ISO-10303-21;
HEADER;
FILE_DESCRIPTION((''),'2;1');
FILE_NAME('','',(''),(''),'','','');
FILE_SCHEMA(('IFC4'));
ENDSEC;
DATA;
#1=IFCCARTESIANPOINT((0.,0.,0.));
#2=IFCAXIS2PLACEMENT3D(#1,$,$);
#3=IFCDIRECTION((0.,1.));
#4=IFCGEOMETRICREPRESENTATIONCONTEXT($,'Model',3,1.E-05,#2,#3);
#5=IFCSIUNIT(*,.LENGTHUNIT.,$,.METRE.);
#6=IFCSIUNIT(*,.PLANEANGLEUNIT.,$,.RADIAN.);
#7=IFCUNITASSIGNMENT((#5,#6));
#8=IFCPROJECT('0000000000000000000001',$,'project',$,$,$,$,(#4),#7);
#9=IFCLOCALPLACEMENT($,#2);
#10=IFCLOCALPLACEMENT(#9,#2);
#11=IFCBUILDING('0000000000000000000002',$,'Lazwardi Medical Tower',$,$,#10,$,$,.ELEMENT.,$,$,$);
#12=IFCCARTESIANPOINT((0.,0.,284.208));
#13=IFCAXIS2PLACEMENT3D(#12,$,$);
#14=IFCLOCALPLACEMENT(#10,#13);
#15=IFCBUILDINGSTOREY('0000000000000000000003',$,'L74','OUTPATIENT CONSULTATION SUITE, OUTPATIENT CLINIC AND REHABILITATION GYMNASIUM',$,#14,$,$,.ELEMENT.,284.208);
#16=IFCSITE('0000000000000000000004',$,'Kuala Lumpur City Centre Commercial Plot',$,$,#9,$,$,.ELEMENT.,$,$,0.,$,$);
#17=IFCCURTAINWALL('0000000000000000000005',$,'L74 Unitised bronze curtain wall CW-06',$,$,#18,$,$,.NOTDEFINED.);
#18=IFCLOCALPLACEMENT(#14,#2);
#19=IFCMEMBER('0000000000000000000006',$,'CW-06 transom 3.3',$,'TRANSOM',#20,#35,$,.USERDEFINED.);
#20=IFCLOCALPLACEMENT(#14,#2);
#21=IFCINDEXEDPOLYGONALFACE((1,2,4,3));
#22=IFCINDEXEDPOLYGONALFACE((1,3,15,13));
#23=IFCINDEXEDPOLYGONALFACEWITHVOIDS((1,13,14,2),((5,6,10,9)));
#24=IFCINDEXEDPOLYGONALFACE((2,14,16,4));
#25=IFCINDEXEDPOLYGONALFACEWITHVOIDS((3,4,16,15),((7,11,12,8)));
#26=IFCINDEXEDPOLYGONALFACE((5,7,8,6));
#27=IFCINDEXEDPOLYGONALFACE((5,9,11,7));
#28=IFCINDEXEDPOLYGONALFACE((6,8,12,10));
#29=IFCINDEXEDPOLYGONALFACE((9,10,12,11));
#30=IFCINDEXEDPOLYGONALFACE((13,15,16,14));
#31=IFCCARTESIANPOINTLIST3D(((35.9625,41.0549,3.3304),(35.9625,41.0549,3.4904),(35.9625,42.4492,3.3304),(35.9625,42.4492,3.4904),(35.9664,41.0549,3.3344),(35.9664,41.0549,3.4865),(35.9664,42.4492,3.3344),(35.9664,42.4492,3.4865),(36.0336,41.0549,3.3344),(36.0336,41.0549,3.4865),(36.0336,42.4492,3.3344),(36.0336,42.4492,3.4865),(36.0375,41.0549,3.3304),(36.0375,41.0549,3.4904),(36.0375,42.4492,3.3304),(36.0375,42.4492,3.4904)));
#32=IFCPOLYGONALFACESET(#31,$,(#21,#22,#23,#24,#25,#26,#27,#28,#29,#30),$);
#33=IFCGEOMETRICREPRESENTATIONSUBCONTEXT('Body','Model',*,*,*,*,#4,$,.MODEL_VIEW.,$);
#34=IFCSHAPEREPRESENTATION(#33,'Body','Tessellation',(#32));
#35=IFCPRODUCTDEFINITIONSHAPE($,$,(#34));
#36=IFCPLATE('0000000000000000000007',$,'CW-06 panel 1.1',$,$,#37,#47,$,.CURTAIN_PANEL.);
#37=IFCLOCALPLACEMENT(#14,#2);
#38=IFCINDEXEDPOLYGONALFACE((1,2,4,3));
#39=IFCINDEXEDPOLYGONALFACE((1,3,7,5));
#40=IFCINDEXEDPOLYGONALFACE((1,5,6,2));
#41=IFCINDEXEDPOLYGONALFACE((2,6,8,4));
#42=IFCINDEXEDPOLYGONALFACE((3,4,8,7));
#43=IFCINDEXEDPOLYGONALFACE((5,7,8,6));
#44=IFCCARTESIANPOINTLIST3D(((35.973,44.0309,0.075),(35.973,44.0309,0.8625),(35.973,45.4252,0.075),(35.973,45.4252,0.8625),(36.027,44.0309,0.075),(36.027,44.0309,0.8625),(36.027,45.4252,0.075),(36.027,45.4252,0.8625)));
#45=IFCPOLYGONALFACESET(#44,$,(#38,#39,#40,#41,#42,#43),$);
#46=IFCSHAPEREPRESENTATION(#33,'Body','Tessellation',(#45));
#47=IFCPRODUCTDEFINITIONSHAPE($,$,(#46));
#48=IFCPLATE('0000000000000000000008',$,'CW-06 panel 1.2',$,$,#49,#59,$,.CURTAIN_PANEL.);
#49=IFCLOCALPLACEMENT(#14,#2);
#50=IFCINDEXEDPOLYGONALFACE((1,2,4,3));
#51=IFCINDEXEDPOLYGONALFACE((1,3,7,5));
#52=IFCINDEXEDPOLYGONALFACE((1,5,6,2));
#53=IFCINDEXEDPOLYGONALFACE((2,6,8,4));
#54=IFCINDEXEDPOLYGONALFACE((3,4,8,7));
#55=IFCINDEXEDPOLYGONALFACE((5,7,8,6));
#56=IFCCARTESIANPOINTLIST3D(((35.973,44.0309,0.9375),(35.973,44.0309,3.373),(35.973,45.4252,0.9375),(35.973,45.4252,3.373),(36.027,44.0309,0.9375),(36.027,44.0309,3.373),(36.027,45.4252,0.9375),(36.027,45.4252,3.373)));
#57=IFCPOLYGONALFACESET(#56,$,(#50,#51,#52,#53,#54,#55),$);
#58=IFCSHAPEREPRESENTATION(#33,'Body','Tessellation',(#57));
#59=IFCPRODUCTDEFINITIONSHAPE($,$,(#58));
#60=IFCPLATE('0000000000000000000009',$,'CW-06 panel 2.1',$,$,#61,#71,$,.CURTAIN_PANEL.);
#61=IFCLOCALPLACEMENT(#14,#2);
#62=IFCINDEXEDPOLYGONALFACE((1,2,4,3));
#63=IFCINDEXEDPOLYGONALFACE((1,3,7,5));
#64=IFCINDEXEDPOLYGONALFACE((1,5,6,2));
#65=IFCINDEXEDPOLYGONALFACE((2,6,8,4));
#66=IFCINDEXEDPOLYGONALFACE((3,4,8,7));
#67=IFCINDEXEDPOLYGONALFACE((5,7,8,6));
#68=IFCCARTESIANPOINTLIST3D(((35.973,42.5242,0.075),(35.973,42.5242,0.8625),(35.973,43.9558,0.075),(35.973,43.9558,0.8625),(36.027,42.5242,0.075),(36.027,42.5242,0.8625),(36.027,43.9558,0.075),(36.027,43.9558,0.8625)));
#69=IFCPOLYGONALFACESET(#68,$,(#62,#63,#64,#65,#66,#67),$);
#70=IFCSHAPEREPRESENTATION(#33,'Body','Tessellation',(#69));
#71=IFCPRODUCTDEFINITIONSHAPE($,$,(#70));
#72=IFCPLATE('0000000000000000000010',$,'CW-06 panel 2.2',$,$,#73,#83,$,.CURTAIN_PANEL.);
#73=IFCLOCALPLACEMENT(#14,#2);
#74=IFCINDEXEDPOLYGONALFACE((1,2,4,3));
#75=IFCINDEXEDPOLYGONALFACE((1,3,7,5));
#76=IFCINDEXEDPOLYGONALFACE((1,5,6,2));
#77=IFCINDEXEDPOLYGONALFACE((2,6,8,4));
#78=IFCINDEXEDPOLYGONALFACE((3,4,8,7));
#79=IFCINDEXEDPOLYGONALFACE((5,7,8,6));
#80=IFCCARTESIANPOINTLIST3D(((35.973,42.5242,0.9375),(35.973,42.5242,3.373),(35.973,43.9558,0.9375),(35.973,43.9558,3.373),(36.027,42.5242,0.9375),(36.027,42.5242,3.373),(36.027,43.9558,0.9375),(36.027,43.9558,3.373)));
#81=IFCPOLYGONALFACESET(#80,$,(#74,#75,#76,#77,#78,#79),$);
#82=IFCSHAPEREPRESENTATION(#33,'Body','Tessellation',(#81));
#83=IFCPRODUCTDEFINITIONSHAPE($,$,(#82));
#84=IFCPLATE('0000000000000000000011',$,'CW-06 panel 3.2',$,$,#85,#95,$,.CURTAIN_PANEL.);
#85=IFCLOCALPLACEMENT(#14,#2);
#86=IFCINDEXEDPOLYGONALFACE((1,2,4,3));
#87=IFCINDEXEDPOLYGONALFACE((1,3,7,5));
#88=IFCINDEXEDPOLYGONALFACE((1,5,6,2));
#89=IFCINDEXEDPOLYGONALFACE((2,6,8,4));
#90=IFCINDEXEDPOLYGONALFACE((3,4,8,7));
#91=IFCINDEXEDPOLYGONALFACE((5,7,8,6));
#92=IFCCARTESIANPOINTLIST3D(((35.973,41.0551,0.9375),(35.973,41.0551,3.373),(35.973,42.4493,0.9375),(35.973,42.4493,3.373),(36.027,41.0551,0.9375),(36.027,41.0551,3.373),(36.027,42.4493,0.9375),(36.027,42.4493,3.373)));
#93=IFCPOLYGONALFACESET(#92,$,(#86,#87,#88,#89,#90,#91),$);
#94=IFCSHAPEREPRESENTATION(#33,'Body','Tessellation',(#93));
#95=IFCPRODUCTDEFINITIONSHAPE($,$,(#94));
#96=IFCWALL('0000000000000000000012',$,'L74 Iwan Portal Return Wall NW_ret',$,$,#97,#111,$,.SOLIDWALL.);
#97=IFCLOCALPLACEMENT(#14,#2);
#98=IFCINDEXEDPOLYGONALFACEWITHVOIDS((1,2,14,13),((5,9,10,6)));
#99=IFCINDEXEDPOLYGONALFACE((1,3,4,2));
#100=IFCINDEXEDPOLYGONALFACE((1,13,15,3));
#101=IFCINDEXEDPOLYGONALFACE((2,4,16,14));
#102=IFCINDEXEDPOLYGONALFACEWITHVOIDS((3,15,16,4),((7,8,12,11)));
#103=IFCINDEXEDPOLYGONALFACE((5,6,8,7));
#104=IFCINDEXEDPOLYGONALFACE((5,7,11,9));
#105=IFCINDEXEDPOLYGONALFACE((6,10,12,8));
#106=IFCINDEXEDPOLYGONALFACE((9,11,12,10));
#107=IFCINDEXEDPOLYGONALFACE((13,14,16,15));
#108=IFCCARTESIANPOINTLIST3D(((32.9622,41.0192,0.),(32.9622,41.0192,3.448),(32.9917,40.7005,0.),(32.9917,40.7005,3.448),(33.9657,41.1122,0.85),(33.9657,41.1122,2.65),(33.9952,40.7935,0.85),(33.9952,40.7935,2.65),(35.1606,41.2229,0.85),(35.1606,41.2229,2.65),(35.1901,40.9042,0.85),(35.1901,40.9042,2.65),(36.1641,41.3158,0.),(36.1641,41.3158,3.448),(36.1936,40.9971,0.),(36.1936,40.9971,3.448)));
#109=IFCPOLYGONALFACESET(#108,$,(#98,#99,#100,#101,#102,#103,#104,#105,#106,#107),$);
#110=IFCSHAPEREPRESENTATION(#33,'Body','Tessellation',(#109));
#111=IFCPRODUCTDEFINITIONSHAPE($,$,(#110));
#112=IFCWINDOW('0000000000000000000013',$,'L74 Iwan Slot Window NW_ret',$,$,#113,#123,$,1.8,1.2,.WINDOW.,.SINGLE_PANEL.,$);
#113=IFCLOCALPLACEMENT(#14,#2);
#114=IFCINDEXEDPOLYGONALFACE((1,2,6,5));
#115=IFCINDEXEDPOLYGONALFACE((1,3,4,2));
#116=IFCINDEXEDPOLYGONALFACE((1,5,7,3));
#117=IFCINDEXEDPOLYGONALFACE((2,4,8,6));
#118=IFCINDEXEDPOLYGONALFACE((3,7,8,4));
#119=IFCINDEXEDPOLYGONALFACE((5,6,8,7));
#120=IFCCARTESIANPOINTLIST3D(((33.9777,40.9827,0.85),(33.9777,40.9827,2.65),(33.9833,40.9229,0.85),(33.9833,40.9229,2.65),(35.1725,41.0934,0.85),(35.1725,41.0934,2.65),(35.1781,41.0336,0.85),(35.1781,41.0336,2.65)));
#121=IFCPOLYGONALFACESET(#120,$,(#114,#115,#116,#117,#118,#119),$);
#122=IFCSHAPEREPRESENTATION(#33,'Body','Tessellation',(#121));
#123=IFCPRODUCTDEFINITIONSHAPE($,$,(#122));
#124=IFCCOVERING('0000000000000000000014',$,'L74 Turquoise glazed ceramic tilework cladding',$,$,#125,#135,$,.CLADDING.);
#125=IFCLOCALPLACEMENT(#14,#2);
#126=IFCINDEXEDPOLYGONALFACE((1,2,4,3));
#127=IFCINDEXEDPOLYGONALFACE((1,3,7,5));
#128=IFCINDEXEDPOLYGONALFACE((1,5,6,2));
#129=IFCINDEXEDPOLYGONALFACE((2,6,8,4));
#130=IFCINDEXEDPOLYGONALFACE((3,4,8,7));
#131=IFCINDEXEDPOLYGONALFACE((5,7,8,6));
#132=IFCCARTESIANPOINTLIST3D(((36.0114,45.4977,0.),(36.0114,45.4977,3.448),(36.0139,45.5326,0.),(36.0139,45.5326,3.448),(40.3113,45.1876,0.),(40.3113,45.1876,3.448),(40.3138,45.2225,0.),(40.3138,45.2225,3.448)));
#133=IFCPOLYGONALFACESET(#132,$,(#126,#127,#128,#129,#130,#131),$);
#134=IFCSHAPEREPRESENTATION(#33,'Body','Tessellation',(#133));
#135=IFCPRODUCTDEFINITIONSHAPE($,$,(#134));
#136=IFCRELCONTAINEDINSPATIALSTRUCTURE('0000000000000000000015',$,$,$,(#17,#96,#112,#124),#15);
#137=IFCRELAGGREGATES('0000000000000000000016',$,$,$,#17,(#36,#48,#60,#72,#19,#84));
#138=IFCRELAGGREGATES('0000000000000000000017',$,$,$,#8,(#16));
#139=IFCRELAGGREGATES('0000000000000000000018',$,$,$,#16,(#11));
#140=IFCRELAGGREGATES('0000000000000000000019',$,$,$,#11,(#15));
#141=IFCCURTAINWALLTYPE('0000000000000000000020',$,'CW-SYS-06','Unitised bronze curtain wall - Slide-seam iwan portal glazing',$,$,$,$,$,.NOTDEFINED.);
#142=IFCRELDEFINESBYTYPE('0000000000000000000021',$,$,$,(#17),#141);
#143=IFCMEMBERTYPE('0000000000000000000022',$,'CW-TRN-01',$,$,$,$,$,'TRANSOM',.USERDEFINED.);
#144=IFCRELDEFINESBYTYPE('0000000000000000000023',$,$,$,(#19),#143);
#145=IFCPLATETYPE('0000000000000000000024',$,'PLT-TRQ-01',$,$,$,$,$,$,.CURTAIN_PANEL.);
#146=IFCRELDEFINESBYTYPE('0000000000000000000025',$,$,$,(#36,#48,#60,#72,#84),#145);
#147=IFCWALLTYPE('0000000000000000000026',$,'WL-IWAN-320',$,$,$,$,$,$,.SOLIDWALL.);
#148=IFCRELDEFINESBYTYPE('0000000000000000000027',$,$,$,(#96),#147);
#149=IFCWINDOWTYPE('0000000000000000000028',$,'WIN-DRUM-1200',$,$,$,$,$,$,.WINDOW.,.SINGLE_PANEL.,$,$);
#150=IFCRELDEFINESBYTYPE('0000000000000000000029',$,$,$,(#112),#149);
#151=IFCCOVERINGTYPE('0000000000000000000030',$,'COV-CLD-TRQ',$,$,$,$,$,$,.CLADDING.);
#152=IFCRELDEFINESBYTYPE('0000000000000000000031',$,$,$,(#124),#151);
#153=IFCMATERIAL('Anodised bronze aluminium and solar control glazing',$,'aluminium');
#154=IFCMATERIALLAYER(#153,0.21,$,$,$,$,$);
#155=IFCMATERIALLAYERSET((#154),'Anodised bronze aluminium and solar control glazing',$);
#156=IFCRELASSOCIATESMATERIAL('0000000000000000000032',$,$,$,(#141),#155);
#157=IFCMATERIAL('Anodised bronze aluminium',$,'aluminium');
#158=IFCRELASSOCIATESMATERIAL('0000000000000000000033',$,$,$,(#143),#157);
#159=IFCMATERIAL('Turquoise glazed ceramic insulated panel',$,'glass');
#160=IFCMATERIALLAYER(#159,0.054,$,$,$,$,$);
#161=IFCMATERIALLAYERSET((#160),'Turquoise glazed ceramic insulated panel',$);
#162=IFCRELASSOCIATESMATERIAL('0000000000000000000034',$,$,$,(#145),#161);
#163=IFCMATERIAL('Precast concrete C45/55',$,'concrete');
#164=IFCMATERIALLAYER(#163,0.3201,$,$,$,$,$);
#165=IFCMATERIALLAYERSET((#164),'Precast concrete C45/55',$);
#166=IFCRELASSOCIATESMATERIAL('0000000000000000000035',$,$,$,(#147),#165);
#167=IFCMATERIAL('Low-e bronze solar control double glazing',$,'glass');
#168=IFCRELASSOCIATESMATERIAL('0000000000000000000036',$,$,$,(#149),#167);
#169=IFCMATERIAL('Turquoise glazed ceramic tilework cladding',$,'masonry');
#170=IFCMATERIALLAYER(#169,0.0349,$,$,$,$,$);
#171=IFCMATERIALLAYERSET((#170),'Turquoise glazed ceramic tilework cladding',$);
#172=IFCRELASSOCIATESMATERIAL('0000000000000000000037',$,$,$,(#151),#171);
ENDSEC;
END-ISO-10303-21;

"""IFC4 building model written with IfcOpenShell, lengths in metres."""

from ifc_helpers import new_model, si_unit, direction, frame, frame_2d, origin, origin_2d, place, context, subcontext, project, spatial, rectangle, hollow_rectangle, extrude, material, layer, layer_set, material_profile, profile_set, type_object, element, fill, aggregate, save


model = new_model("IFC4")

# Units and contexts
model_context = context("Model", 3, precision=1e-05, world=origin(), true_north=direction((0.0, 1.0)))
body_context = subcontext(model_context, "Body", "Model", "MODEL_VIEW")
ifc_project = project(units=[si_unit("LENGTHUNIT", "METRE"), si_unit("PLANEANGLEUNIT", "RADIAN")], contexts=[model_context])

# Site, building, storey
site_placement = place(None, origin())
site = spatial("IfcSite", under=ifc_project, at=site_placement, Name="Kuala Lumpur City Centre Commercial Plot", CompositionType="ELEMENT", RefElevation=0.0)
building_placement = place(site_placement, origin())
building = spatial("IfcBuilding", under=site, at=building_placement, Name="Lazwardi Medical Tower", CompositionType="ELEMENT")
storey_placement = place(building_placement, frame((0.0, 0.0, 284.208)))
storey = spatial("IfcBuildingStorey", under=building, at=storey_placement, Name="L74", Description="OUTPATIENT CONSULTATION SUITE, OUTPATIENT CLINIC AND REHABILITATION GYMNASIUM", CompositionType="ELEMENT", Elevation=284.208)

# Curtain wall, member, plates
ifc_material_1 = material(Name="Anodised bronze aluminium and solar control glazing", Category="aluminium")
ifc_layer_1 = layer(ifc_material_1, 0.21)
ifc_layer_set_1 = layer_set([ifc_layer_1], Name="Anodised bronze aluminium and solar control glazing")
curtain_wall_type = type_object("IfcCurtainWallType", Name="CW-SYS-06", Description="Unitised bronze curtain wall - Slide-seam iwan portal glazing", PredefinedType="NOTDEFINED", material=ifc_layer_set_1)
curtain_wall_placement = place(storey_placement, origin())
curtain_wall = element("IfcCurtainWall", 1, at=curtain_wall_placement, inside=storey, type_object=curtain_wall_type, Name="L74 Unitised bronze curtain wall CW-06", PredefinedType="NOTDEFINED")
ifc_material_2 = material(Name="Anodised bronze aluminium", Category="aluminium")
ifc_material_profile_1 = material_profile(ifc_material_2, hollow_rectangle(XDim=0.075, YDim=0.1599, WallThickness=0.0039, at=origin_2d()), Name="ALU-TRANSOM 160x75x4")
ifc_profile_set_1 = profile_set([ifc_material_profile_1], Name="Anodised bronze aluminium")
member_type_1 = type_object("IfcMemberType", Name="CW-TRN-01", ElementType="TRANSOM", PredefinedType="USERDEFINED", material=ifc_profile_set_1)
member_1_placement = place(storey_placement, frame((36.0, 42.4492, 3.4104), z_axis=(0.0, -1.0, 0.0), x_axis=(1.0, 0.0, 0.0)))
member_1 = element("IfcMember", 2, at=member_1_placement, type_object=member_type_1, Name="CW-06 transom 3.3", ObjectType="TRANSOM", PredefinedType="USERDEFINED", context=body_context, shape_type="SweptSolid", body=[
    extrude(hollow_rectangle(XDim=0.075, YDim=0.1599, WallThickness=0.0039, at=origin_2d()), origin(), (0.0, 0.0, 1.0), 1.3943),
])
ifc_material_3 = material(Name="Turquoise glazed ceramic insulated panel", Category="glass")
ifc_layer_2 = layer(ifc_material_3, 0.054)
ifc_layer_set_2 = layer_set([ifc_layer_2], Name="Turquoise glazed ceramic insulated panel")
plate_type = type_object("IfcPlateType", Name="PLT-TRQ-01", PredefinedType="CURTAIN_PANEL", material=ifc_layer_set_2)
plate_1_placement = place(storey_placement, frame((36.0, 44.728, 0.075), z_axis=(0.0, 0.0, 1.0), x_axis=(0.0, -1.0, 0.0)))
plate_1 = element("IfcPlate", 3, at=plate_1_placement, type_object=plate_type, Name="CW-06 panel 1.1", PredefinedType="CURTAIN_PANEL", context=body_context, shape_type="SweptSolid", body=[
    extrude(rectangle(XDim=1.3943, YDim=0.054, at=origin_2d()), origin(), (0.0, 0.0, 1.0), 0.7876),
])
plate_2_placement = place(storey_placement, frame((36.0, 44.728, 0.9375), z_axis=(0.0, 0.0, 1.0), x_axis=(0.0, -1.0, 0.0)))
plate_2 = element("IfcPlate", 4, at=plate_2_placement, type_object=plate_type, Name="CW-06 panel 1.2", PredefinedType="CURTAIN_PANEL", context=body_context, shape_type="SweptSolid", body=[
    extrude(rectangle(XDim=1.3943, YDim=0.054, at=origin_2d()), origin(), (0.0, 0.0, 1.0), 2.4355),
])
plate_3_placement = place(storey_placement, frame((36.0, 43.24, 0.075), z_axis=(0.0, 0.0, 1.0), x_axis=(0.0, -1.0, 0.0)))
plate_3 = element("IfcPlate", 5, at=plate_3_placement, type_object=plate_type, Name="CW-06 panel 2.1", PredefinedType="CURTAIN_PANEL", context=body_context, shape_type="SweptSolid", body=[
    extrude(rectangle(XDim=1.4316, YDim=0.054, at=origin_2d()), origin(), (0.0, 0.0, 1.0), 0.7876),
])
plate_4_placement = place(storey_placement, frame((36.0, 43.24, 0.9375), z_axis=(0.0, 0.0, 1.0), x_axis=(0.0, -1.0, 0.0)))
plate_4 = element("IfcPlate", 6, at=plate_4_placement, type_object=plate_type, Name="CW-06 panel 2.2", PredefinedType="CURTAIN_PANEL", context=body_context, shape_type="SweptSolid", body=[
    extrude(rectangle(XDim=1.4316, YDim=0.054, at=origin_2d()), origin(), (0.0, 0.0, 1.0), 2.4355),
])
plate_5_placement = place(storey_placement, frame((36.0, 41.7522, 0.9375), z_axis=(0.0, 0.0, 1.0), x_axis=(0.0, -1.0, 0.0)))
plate_5 = element("IfcPlate", 7, at=plate_5_placement, type_object=plate_type, Name="CW-06 panel 3.2", PredefinedType="CURTAIN_PANEL", context=body_context, shape_type="SweptSolid", body=[
    extrude(rectangle(XDim=1.3943, YDim=0.054, at=origin_2d()), origin(), (0.0, 0.0, 1.0), 2.4355),
])
aggregate(curtain_wall, [plate_1, plate_2, plate_3, plate_4, member_1, plate_5])

# Wall, opening, window
ifc_material_4 = material(Name="Precast concrete C45/55", Category="concrete")
ifc_layer_3 = layer(ifc_material_4, 0.3201)
ifc_layer_set_3 = layer_set([ifc_layer_3], Name="Precast concrete C45/55")
wall_type = type_object("IfcWallType", Name="WL-IWAN-320", PredefinedType="SOLIDWALL", material=ifc_layer_set_3)
wall_placement = place(storey_placement, frame((36.179, 41.1565, 0.0), z_axis=(0.0, 0.0, 1.0), x_axis=(-0.995736, -0.092247, 0.0)))
wall = element("IfcWall", 8, at=wall_placement, inside=storey, type_object=wall_type, Name="L74 Iwan Portal Return Wall NW_ret", PredefinedType="SOLIDWALL", context=body_context, shape_type="SweptSolid", body=[
    extrude(rectangle(XDim=3.2156, YDim=0.3201, at=frame_2d((1.6079, 0.0))), origin(), (0.0, 0.0, 1.0), 3.448),
])
opening_placement = place(wall_placement, frame((1.0078, 0.0, 0.8501)))
opening = element("IfcOpeningElement", 9, at=opening_placement, cuts=wall, PredefinedType="OPENING", context=body_context, shape_type="SweptSolid", body=[
    extrude(rectangle(XDim=1.2, YDim=1.8, at=frame_2d((0.6001, 0.8999))), frame((0.0, 0.1699, 0.0), z_axis=(0.0, -1.0, 0.0), x_axis=(1.0, 0.0, 0.0)), (0.0, 0.0, 1.0), 0.3401),
])
ifc_material_5 = material(Name="Low-e bronze solar control double glazing", Category="glass")
window_type = type_object("IfcWindowType", Name="WIN-DRUM-1200", PartitioningType="SINGLE_PANEL", PredefinedType="WINDOW", material=ifc_material_5)
window_placement = place(opening_placement, origin())
window = element("IfcWindow", 10, at=window_placement, inside=storey, type_object=window_type, Name="L74 Iwan Slot Window NW_ret", OverallHeight=1.8, OverallWidth=1.2, PartitioningType="SINGLE_PANEL", PredefinedType="WINDOW", context=body_context, shape_type="SweptSolid", body=[
    extrude(rectangle(XDim=1.2, YDim=1.8, at=frame_2d((0.6001, 0.8999))), frame((0.0, 0.03, 0.0), z_axis=(0.0, -1.0, 0.0), x_axis=(1.0, 0.0, 0.0)), (0.0, 0.0, 1.0), 0.0601),
])
fill(opening, window)

# Covering
ifc_material_6 = material(Name="Turquoise glazed ceramic tilework cladding", Category="masonry")
ifc_layer_4 = layer(ifc_material_6, 0.0349)
ifc_layer_set_4 = layer_set([ifc_layer_4], Name="Turquoise glazed ceramic tilework cladding")
covering_type = type_object("IfcCoveringType", Name="COV-CLD-TRQ", PredefinedType="CLADDING", material=ifc_layer_set_4)
covering_placement = place(storey_placement, frame((38.1626, 45.3601, 0.0), z_axis=(0.0, 0.0, 1.0), x_axis=(-0.997409, 0.071933, 0.0)))
element("IfcCovering", 11, at=covering_placement, inside=storey, type_object=covering_type, Name="L74 Turquoise glazed ceramic tilework cladding", PredefinedType="CLADDING", context=body_context, shape_type="SweptSolid", body=[
    extrude(rectangle(XDim=4.311, YDim=0.0349, at=origin_2d()), origin(), (0.0, 0.0, 1.0), 3.448),
])

save(model, "model.ifc")
